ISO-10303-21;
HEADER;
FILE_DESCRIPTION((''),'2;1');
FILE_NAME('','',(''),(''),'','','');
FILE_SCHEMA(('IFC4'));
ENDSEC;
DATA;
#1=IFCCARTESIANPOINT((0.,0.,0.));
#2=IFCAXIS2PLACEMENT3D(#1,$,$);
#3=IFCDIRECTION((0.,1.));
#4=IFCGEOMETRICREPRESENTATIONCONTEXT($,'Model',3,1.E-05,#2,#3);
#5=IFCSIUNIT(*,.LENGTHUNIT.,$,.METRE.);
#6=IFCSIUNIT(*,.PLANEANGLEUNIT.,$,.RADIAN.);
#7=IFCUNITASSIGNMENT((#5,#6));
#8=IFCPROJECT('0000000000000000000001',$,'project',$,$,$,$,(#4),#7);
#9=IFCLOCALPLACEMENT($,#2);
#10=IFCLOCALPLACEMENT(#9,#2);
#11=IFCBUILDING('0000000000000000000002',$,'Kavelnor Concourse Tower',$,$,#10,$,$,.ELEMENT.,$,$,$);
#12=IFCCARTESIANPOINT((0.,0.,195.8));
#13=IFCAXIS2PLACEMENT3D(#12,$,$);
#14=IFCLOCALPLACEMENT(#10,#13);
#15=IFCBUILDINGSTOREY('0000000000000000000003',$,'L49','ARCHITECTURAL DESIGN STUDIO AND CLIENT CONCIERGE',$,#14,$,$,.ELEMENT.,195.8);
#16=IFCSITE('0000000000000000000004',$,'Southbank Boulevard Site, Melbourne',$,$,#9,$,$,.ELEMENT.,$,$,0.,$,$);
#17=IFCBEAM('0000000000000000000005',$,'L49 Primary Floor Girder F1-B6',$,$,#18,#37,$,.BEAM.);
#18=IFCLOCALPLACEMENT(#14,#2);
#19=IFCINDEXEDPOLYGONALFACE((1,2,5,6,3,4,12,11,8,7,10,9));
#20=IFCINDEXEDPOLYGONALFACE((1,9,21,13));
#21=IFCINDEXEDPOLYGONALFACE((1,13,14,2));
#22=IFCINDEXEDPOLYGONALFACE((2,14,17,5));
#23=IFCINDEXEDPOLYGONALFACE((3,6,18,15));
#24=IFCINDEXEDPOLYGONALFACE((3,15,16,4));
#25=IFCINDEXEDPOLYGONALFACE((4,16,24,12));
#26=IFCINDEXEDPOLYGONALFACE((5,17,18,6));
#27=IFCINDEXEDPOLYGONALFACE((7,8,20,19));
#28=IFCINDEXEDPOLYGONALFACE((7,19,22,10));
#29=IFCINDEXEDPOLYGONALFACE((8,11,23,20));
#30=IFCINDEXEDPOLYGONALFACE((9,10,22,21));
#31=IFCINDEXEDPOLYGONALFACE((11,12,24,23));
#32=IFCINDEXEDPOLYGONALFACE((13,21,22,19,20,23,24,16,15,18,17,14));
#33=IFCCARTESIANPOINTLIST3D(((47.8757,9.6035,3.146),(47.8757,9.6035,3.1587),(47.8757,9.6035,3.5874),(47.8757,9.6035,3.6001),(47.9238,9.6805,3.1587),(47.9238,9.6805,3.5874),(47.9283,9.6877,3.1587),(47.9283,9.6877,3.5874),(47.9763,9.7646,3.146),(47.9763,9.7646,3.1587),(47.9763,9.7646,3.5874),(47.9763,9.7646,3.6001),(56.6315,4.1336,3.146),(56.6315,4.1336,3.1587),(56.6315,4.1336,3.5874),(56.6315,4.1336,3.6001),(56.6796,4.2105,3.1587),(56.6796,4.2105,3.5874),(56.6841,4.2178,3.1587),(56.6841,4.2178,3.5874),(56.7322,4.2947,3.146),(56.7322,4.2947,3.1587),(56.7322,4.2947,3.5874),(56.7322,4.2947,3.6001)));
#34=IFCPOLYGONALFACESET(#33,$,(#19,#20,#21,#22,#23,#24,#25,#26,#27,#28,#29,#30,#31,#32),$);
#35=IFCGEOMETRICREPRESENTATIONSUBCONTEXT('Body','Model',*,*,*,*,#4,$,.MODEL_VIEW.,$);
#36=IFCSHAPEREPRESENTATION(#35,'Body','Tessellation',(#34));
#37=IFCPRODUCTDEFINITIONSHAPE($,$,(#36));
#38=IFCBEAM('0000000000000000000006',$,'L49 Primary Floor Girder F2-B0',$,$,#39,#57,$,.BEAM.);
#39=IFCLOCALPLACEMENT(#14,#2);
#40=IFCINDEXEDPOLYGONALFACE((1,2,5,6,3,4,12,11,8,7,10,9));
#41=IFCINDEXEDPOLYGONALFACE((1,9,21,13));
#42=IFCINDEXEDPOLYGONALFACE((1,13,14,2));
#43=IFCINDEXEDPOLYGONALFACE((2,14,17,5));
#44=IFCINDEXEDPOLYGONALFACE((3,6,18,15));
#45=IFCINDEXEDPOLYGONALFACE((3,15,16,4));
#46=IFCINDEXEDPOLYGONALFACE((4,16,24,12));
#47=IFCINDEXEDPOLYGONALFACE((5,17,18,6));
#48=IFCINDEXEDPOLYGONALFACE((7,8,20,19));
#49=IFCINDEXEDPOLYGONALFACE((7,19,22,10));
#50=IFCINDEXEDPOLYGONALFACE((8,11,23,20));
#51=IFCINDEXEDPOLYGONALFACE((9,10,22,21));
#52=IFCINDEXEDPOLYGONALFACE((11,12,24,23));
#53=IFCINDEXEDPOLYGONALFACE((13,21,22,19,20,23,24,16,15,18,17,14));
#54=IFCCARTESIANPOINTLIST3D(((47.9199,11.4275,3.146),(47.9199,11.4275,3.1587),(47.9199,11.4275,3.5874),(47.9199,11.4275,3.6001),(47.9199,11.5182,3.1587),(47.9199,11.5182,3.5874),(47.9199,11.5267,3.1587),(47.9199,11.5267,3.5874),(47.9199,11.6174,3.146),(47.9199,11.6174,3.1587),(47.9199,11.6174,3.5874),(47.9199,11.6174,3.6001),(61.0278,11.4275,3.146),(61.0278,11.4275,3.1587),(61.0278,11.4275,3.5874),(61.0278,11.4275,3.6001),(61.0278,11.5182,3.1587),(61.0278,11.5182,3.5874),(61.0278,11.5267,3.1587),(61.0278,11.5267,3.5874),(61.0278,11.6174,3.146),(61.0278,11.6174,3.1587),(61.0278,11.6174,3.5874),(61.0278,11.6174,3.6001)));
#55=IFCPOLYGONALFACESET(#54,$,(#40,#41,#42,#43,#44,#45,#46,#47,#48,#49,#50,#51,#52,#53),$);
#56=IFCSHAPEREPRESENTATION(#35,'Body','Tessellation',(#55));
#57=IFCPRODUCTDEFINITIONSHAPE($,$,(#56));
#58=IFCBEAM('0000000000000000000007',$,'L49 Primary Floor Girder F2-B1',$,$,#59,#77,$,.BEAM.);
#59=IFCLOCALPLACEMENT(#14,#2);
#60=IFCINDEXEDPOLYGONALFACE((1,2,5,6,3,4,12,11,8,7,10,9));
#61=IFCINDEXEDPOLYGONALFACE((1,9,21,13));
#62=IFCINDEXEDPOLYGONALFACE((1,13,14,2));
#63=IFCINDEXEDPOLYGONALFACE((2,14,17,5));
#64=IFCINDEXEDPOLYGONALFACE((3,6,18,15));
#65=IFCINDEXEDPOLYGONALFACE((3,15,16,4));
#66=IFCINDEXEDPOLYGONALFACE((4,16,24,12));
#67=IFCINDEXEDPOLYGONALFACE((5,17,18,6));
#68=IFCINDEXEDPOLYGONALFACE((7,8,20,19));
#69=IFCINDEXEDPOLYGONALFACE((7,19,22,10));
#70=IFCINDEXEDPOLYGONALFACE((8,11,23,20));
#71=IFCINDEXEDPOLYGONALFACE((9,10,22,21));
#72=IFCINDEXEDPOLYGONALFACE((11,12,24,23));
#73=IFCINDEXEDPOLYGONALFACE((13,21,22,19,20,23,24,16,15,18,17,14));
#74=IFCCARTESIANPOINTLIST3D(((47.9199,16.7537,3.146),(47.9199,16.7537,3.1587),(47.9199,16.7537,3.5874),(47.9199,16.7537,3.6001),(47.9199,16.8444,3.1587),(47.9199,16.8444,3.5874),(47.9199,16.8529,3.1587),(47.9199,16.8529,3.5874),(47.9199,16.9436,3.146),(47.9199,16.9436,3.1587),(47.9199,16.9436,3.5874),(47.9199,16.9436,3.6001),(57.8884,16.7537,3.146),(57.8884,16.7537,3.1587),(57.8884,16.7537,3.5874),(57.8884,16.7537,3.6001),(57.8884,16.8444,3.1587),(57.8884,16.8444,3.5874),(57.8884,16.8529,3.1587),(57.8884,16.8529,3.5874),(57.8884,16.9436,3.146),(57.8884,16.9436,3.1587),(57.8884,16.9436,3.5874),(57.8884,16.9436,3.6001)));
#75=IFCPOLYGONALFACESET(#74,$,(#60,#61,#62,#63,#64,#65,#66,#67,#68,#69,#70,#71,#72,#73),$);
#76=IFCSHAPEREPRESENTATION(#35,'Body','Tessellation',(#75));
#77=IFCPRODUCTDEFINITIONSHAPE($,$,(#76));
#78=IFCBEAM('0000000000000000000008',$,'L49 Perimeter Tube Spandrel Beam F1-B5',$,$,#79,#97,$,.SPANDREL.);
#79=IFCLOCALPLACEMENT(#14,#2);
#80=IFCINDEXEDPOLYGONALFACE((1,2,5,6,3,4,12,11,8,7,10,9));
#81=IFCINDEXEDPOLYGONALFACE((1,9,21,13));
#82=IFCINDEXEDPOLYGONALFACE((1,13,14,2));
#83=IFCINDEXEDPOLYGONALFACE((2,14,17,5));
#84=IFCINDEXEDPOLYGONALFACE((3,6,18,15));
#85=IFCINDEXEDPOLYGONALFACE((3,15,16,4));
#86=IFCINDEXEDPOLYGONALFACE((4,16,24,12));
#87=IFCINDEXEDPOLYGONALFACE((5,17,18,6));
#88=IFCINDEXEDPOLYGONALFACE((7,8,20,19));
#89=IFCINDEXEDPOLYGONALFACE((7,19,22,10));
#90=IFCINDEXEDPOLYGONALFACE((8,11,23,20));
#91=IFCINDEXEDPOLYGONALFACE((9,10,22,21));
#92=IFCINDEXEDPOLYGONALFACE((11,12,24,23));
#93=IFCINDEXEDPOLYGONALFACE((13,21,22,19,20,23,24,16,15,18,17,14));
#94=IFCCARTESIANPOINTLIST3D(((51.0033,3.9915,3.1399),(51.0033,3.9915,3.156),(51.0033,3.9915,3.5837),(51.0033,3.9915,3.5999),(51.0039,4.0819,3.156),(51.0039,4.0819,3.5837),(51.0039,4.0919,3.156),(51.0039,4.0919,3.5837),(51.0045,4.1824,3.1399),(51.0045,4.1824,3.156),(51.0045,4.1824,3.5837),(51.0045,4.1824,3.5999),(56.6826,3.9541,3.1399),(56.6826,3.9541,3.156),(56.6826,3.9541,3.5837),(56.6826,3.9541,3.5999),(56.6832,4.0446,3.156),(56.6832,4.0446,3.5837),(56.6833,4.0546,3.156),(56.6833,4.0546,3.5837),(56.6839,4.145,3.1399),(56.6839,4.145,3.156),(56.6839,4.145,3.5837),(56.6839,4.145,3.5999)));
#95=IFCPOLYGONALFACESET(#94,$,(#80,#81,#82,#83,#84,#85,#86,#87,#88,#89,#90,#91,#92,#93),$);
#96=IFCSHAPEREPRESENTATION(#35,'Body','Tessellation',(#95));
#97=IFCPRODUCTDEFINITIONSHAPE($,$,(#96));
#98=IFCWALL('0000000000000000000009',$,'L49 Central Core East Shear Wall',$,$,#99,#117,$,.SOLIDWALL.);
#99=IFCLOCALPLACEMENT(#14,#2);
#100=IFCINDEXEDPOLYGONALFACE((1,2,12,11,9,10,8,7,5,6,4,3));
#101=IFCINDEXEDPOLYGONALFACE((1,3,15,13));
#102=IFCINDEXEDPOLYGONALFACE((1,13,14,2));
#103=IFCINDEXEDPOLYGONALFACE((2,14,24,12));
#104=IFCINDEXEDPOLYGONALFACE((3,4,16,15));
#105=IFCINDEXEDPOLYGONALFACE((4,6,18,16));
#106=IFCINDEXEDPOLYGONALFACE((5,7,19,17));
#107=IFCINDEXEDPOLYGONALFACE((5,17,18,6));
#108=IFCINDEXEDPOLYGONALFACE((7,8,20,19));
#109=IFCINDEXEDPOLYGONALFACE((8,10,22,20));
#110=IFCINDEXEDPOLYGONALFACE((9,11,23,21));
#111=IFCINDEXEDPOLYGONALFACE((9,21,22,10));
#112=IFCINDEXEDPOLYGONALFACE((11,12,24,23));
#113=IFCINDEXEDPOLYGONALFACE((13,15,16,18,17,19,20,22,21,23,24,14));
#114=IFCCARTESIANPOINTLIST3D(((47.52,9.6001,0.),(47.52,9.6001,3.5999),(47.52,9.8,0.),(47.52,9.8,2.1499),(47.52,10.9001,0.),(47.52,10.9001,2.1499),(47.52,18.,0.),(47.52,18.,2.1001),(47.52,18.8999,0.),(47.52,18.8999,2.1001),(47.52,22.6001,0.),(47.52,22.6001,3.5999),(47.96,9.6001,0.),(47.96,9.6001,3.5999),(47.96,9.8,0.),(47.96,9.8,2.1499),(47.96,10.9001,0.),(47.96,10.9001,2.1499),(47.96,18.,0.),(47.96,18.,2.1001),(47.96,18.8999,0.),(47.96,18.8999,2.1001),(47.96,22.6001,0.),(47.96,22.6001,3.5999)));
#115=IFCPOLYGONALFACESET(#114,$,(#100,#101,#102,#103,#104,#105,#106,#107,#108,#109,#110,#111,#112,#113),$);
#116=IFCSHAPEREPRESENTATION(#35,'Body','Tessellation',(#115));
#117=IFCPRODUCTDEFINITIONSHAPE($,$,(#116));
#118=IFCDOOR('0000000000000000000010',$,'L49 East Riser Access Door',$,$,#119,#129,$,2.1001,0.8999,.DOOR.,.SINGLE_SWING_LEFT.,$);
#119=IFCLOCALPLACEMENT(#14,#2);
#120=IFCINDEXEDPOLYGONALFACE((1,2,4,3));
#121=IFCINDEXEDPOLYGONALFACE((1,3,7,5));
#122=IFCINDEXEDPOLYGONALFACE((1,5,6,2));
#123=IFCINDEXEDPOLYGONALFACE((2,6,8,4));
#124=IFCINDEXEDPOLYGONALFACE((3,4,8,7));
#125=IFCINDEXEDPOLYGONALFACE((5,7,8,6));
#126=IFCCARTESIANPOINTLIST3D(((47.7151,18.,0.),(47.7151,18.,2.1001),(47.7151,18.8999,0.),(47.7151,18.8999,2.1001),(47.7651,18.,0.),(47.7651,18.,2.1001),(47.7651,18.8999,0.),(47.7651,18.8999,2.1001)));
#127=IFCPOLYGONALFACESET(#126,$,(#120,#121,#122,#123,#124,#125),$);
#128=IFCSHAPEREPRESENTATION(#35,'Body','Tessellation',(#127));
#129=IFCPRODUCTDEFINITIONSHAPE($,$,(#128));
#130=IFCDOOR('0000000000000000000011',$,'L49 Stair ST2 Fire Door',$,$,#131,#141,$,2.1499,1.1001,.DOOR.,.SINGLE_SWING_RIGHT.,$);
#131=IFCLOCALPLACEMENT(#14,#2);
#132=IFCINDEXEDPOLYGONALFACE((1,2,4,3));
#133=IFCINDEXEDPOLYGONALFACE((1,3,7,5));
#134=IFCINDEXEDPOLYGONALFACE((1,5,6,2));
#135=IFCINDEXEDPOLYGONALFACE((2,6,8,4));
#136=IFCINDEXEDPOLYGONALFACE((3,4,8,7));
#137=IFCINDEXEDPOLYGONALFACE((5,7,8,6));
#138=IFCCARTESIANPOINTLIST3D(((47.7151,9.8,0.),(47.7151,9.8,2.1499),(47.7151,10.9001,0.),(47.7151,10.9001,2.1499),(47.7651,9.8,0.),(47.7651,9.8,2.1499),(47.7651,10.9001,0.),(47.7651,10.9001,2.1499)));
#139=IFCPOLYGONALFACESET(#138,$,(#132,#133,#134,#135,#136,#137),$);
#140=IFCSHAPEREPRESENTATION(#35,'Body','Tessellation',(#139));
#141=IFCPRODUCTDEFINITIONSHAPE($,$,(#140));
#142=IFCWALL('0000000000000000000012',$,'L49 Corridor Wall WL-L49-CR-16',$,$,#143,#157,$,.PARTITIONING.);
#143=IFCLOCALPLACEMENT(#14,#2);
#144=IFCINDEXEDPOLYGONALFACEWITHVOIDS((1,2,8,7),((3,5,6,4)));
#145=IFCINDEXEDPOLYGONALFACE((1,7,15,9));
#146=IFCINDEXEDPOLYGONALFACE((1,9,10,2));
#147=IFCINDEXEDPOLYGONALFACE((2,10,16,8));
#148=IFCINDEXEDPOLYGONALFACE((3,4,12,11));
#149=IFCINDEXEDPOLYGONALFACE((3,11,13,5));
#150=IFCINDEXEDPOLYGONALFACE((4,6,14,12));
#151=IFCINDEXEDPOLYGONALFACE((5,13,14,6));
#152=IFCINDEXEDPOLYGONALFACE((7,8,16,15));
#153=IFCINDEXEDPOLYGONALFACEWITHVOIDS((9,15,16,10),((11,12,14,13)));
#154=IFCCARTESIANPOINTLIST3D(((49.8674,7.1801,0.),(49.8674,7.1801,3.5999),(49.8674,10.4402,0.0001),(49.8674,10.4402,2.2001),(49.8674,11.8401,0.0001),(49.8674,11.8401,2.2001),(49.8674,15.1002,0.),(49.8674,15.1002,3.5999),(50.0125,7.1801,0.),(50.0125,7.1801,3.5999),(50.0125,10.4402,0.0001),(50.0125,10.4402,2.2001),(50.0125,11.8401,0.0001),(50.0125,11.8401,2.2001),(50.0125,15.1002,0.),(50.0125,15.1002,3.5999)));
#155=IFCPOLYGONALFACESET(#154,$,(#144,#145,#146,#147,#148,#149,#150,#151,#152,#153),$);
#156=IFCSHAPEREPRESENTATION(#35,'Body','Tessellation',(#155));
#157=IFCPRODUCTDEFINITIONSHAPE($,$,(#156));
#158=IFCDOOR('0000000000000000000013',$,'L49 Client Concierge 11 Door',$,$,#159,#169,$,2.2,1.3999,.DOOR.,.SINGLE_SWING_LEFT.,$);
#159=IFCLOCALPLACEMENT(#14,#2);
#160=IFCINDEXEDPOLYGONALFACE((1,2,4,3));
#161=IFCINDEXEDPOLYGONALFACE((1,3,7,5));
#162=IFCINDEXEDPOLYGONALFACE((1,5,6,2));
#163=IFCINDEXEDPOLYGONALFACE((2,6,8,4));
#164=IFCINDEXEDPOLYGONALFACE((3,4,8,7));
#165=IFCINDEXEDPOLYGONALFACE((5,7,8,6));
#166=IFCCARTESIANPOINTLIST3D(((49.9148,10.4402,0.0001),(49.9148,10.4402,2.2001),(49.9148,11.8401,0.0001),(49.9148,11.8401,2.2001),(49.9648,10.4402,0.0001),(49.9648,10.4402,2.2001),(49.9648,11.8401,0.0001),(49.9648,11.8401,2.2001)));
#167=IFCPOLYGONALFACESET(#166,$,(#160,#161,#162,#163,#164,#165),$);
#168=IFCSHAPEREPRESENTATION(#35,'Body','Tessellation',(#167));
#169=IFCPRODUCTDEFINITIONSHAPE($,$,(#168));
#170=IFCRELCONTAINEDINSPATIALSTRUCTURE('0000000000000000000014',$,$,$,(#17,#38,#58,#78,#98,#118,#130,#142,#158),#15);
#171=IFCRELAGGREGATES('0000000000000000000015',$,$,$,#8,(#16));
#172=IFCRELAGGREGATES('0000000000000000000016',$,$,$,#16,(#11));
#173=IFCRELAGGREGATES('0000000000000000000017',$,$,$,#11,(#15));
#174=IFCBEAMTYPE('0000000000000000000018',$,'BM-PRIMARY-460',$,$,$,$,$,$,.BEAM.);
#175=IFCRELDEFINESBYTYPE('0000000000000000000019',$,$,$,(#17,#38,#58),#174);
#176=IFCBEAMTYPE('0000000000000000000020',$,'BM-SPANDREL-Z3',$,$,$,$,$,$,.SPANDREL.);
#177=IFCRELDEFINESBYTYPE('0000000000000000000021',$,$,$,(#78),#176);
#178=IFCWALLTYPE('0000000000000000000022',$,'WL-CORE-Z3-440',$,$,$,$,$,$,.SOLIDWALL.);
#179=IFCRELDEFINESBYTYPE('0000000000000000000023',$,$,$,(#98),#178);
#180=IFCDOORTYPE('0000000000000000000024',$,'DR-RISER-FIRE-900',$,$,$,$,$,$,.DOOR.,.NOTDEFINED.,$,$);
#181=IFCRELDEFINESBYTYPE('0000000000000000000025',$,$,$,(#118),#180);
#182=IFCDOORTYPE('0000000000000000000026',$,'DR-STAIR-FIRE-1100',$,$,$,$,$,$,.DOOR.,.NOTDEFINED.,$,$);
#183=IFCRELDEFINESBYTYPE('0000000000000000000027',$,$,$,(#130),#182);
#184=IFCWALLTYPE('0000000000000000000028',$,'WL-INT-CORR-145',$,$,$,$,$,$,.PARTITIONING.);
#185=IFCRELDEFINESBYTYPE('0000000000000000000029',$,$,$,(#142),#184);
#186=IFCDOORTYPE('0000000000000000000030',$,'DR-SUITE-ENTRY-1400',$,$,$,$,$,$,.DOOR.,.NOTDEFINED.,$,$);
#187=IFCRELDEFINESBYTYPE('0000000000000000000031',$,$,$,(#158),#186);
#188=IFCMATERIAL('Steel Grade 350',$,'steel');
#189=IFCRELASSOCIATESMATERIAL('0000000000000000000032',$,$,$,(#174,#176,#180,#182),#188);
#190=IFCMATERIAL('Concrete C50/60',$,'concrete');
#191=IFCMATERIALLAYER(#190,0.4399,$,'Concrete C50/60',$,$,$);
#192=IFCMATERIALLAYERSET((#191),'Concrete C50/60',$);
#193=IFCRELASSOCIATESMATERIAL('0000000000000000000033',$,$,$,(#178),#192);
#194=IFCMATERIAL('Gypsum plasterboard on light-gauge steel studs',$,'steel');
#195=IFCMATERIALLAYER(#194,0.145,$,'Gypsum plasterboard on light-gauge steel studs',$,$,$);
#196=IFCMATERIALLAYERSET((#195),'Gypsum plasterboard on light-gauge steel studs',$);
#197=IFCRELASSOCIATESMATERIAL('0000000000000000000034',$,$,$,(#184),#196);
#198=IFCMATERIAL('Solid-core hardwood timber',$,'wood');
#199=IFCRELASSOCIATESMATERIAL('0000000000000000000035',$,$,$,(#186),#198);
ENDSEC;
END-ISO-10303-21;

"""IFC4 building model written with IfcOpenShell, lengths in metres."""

from ifc_helpers import new_model, si_unit, direction, frame, frame_2d, origin, origin_2d, place, context, subcontext, project, spatial, rectangle, i_section, extrude, material, layer, layer_set, material_profile, profile_set, type_object, element, fill, save


model = new_model("IFC4")

# Units and contexts
model_context = context("Model", 3, precision=1e-05, world=origin(), true_north=direction((0.0, 1.0)))
body_context = subcontext(model_context, "Body", "Model", "MODEL_VIEW")
ifc_project = project(units=[si_unit("LENGTHUNIT", "METRE"), si_unit("PLANEANGLEUNIT", "RADIAN")], contexts=[model_context])

# Site, building, storey
site_placement = place(None, origin())
site = spatial("IfcSite", under=ifc_project, at=site_placement, Name="Southbank Boulevard Site, Melbourne", CompositionType="ELEMENT", RefElevation=0.0)
building_placement = place(site_placement, origin())
building = spatial("IfcBuilding", under=site, at=building_placement, Name="Kavelnor Concourse Tower", CompositionType="ELEMENT")
storey_placement = place(building_placement, frame((0.0, 0.0, 195.8)))
storey = spatial("IfcBuildingStorey", under=building, at=storey_placement, Name="L49", Description="ARCHITECTURAL DESIGN STUDIO AND CLIENT CONCIERGE", CompositionType="ELEMENT", Elevation=195.8)

# Shared definitions
ifc_material_1 = material(Name="Steel Grade 350", Category="steel")

# Beams
ifc_material_profile_1 = material_profile(ifc_material_1, i_section(OverallWidth=0.1899, OverallDepth=0.4541, WebThickness=0.0085, FlangeThickness=0.0127, at=origin_2d()), Name="460UB67")
ifc_profile_set_1 = profile_set([ifc_material_profile_1], Name="Steel Grade 350")
beam_type_1 = type_object("IfcBeamType", Name="BM-PRIMARY-460", PredefinedType="BEAM", material=ifc_profile_set_1)
beam_1_placement = place(storey_placement, frame((47.926, 9.6841, 3.373), z_axis=(0.848105, -0.529829, 0.0), x_axis=(0.529829, 0.848105, 0.0)))
element("IfcBeam", 1, at=beam_1_placement, inside=storey, type_object=beam_type_1, Name="L49 Primary Floor Girder F1-B6", PredefinedType="BEAM", context=body_context, shape_type="SweptSolid", body=[
    extrude(i_section(OverallWidth=0.1899, OverallDepth=0.4541, WebThickness=0.0085, FlangeThickness=0.0127, at=origin_2d()), origin(), (0.0, 0.0, 1.0), 10.324),
])
beam_2_placement = place(storey_placement, frame((47.9199, 11.5225, 3.373), z_axis=(1.0, 0.0, 0.0), x_axis=(0.0, 1.0, 0.0)))
element("IfcBeam", 2, at=beam_2_placement, inside=storey, type_object=beam_type_1, Name="L49 Primary Floor Girder F2-B0", PredefinedType="BEAM", context=body_context, shape_type="SweptSolid", body=[
    extrude(i_section(OverallWidth=0.1899, OverallDepth=0.4541, WebThickness=0.0085, FlangeThickness=0.0127, at=origin_2d()), origin(), (0.0, 0.0, 1.0), 13.1079),
])
beam_3_placement = place(storey_placement, frame((47.9199, 16.8486, 3.373), z_axis=(1.0, 0.0, 0.0), x_axis=(0.0, 1.0, 0.0)))
element("IfcBeam", 3, at=beam_3_placement, inside=storey, type_object=beam_type_1, Name="L49 Primary Floor Girder F2-B1", PredefinedType="BEAM", context=body_context, shape_type="SweptSolid", body=[
    extrude(i_section(OverallWidth=0.1899, OverallDepth=0.4541, WebThickness=0.0085, FlangeThickness=0.0127, at=origin_2d()), origin(), (0.0, 0.0, 1.0), 9.9685),
])
ifc_material_profile_2 = material_profile(ifc_material_1, i_section(OverallWidth=0.1909, OverallDepth=0.46, WebThickness=0.01, FlangeThickness=0.0161, at=origin_2d()), Name="460UB82")
ifc_profile_set_2 = profile_set([ifc_material_profile_2], Name="Steel Grade 350")
beam_type_2 = type_object("IfcBeamType", Name="BM-SPANDREL-Z3", PredefinedType="SPANDREL", material=ifc_profile_set_2)
beam_4_placement = place(storey_placement, frame((51.0039, 4.0869, 3.3699), z_axis=(0.999978, -0.006577, 0.0), x_axis=(0.006577, 0.999978, 0.0)))
element("IfcBeam", 4, at=beam_4_placement, inside=storey, type_object=beam_type_2, Name="L49 Perimeter Tube Spandrel Beam F1-B5", PredefinedType="SPANDREL", context=body_context, shape_type="SweptSolid", body=[
    extrude(i_section(OverallWidth=0.1909, OverallDepth=0.46, WebThickness=0.01, FlangeThickness=0.0161, at=origin_2d()), origin(), (0.0, 0.0, 1.0), 5.6794),
])

# Wall, openings, doors
ifc_material_2 = material(Name="Concrete C50/60", Category="concrete")
ifc_layer_1 = layer(ifc_material_2, 0.4399, Name="Concrete C50/60")
ifc_layer_set_1 = layer_set([ifc_layer_1], Name="Concrete C50/60")
wall_type_1 = type_object("IfcWallType", Name="WL-CORE-Z3-440", PredefinedType="SOLIDWALL", material=ifc_layer_set_1)
wall_1_placement = place(storey_placement, frame((47.74, 9.6001, 0.0), z_axis=(0.0, 0.0, 1.0), x_axis=(0.0, 1.0, 0.0)))
wall_1 = element("IfcWall", 5, at=wall_1_placement, inside=storey, type_object=wall_type_1, Name="L49 Central Core East Shear Wall", PredefinedType="SOLIDWALL", context=body_context, shape_type="SweptSolid", body=[
    extrude(rectangle(XDim=13.0, YDim=0.4399, at=frame_2d((6.5, 0.0))), origin(), (0.0, 0.0, 1.0), 3.5999),
])
opening_1_placement = place(wall_1_placement, frame((0.2, 0.0, 0.0)))
opening_1 = element("IfcOpeningElement", 6, at=opening_1_placement, cuts=wall_1, PredefinedType="OPENING", context=body_context, shape_type="SweptSolid", body=[
    extrude(rectangle(XDim=1.1001, YDim=2.1499, at=frame_2d((0.55, 1.075))), frame((0.0, 0.23, 0.0), z_axis=(0.0, -1.0, 0.0), x_axis=(1.0, 0.0, 0.0)), (0.0, 0.0, 1.0), 0.46),
])
opening_2_placement = place(wall_1_placement, frame((8.3999, 0.0, 0.0)))
opening_2 = element("IfcOpeningElement", 7, at=opening_2_placement, cuts=wall_1, PredefinedType="OPENING", context=body_context, shape_type="SweptSolid", body=[
    extrude(rectangle(XDim=0.8999, YDim=2.1001, at=frame_2d((0.45, 1.05))), frame((0.0, 0.23, 0.0), z_axis=(0.0, -1.0, 0.0), x_axis=(1.0, 0.0, 0.0)), (0.0, 0.0, 1.0), 0.46),
])
door_type_1 = type_object("IfcDoorType", Name="DR-RISER-FIRE-900", OperationType="NOTDEFINED", PredefinedType="DOOR", material=ifc_material_1)
door_1_placement = place(opening_2_placement, origin())
door_1 = element("IfcDoor", 8, at=door_1_placement, inside=storey, type_object=door_type_1, Name="L49 East Riser Access Door", OperationType="SINGLE_SWING_LEFT", OverallHeight=2.1001, OverallWidth=0.8999, PredefinedType="DOOR", context=body_context, shape_type="SweptSolid", body=[
    extrude(rectangle(XDim=0.8999, YDim=2.1001, at=frame_2d((0.45, 1.05))), frame((0.0, 0.0249, 0.0), z_axis=(0.0, -1.0, 0.0), x_axis=(1.0, 0.0, 0.0)), (0.0, 0.0, 1.0), 0.05),
])
fill(opening_2, door_1)
door_type_2 = type_object("IfcDoorType", Name="DR-STAIR-FIRE-1100", OperationType="NOTDEFINED", PredefinedType="DOOR", material=ifc_material_1)
door_2_placement = place(opening_1_placement, origin())
door_2 = element("IfcDoor", 9, at=door_2_placement, inside=storey, type_object=door_type_2, Name="L49 Stair ST2 Fire Door", OperationType="SINGLE_SWING_RIGHT", OverallHeight=2.1499, OverallWidth=1.1001, PredefinedType="DOOR", context=body_context, shape_type="SweptSolid", body=[
    extrude(rectangle(XDim=1.1001, YDim=2.1499, at=frame_2d((0.55, 1.075))), frame((0.0, 0.0249, 0.0), z_axis=(0.0, -1.0, 0.0), x_axis=(1.0, 0.0, 0.0)), (0.0, 0.0, 1.0), 0.05),
])
fill(opening_1, door_2)

# Wall, opening, door
ifc_material_3 = material(Name="Gypsum plasterboard on light-gauge steel studs", Category="steel")
ifc_layer_2 = layer(ifc_material_3, 0.145, Name="Gypsum plasterboard on light-gauge steel studs")
ifc_layer_set_2 = layer_set([ifc_layer_2], Name="Gypsum plasterboard on light-gauge steel studs")
wall_type_2 = type_object("IfcWallType", Name="WL-INT-CORR-145", PredefinedType="PARTITIONING", material=ifc_layer_set_2)
wall_2_placement = place(storey_placement, frame((49.9399, 15.1001, 0.0), z_axis=(0.0, 0.0, 1.0), x_axis=(0.0, -1.0, 0.0)))
wall_2 = element("IfcWall", 10, at=wall_2_placement, inside=storey, type_object=wall_type_2, Name="L49 Corridor Wall WL-L49-CR-16", PredefinedType="PARTITIONING", context=body_context, shape_type="SweptSolid", body=[
    extrude(rectangle(XDim=7.9202, YDim=0.145, at=frame_2d((3.96, 0.0))), origin(), (0.0, 0.0, 1.0), 3.5999),
])
opening_3_placement = place(wall_2_placement, frame((3.26, 0.0, 0.0)))
opening_3 = element("IfcOpeningElement", 11, at=opening_3_placement, cuts=wall_2, PredefinedType="OPENING", context=body_context, shape_type="SweptSolid", body=[
    extrude(rectangle(XDim=1.3999, YDim=2.2, at=frame_2d((0.7, 1.1001))), frame((0.0, 0.0825, 0.0), z_axis=(0.0, -1.0, 0.0), x_axis=(1.0, 0.0, 0.0)), (0.0, 0.0, 1.0), 0.165),
])
ifc_material_4 = material(Name="Solid-core hardwood timber", Category="wood")
door_type_3 = type_object("IfcDoorType", Name="DR-SUITE-ENTRY-1400", OperationType="NOTDEFINED", PredefinedType="DOOR", material=ifc_material_4)
door_3_placement = place(opening_3_placement, origin())
door_3 = element("IfcDoor", 12, at=door_3_placement, inside=storey, type_object=door_type_3, Name="L49 Client Concierge 11 Door", OperationType="SINGLE_SWING_LEFT", OverallHeight=2.2, OverallWidth=1.3999, PredefinedType="DOOR", context=body_context, shape_type="SweptSolid", body=[
    extrude(rectangle(XDim=1.3999, YDim=2.2, at=frame_2d((0.7, 1.1001))), frame((0.0, 0.0249, 0.0), z_axis=(0.0, -1.0, 0.0), x_axis=(1.0, 0.0, 0.0)), (0.0, 0.0, 1.0), 0.05),
])
fill(opening_3, door_3)

save(model, "model.ifc")
